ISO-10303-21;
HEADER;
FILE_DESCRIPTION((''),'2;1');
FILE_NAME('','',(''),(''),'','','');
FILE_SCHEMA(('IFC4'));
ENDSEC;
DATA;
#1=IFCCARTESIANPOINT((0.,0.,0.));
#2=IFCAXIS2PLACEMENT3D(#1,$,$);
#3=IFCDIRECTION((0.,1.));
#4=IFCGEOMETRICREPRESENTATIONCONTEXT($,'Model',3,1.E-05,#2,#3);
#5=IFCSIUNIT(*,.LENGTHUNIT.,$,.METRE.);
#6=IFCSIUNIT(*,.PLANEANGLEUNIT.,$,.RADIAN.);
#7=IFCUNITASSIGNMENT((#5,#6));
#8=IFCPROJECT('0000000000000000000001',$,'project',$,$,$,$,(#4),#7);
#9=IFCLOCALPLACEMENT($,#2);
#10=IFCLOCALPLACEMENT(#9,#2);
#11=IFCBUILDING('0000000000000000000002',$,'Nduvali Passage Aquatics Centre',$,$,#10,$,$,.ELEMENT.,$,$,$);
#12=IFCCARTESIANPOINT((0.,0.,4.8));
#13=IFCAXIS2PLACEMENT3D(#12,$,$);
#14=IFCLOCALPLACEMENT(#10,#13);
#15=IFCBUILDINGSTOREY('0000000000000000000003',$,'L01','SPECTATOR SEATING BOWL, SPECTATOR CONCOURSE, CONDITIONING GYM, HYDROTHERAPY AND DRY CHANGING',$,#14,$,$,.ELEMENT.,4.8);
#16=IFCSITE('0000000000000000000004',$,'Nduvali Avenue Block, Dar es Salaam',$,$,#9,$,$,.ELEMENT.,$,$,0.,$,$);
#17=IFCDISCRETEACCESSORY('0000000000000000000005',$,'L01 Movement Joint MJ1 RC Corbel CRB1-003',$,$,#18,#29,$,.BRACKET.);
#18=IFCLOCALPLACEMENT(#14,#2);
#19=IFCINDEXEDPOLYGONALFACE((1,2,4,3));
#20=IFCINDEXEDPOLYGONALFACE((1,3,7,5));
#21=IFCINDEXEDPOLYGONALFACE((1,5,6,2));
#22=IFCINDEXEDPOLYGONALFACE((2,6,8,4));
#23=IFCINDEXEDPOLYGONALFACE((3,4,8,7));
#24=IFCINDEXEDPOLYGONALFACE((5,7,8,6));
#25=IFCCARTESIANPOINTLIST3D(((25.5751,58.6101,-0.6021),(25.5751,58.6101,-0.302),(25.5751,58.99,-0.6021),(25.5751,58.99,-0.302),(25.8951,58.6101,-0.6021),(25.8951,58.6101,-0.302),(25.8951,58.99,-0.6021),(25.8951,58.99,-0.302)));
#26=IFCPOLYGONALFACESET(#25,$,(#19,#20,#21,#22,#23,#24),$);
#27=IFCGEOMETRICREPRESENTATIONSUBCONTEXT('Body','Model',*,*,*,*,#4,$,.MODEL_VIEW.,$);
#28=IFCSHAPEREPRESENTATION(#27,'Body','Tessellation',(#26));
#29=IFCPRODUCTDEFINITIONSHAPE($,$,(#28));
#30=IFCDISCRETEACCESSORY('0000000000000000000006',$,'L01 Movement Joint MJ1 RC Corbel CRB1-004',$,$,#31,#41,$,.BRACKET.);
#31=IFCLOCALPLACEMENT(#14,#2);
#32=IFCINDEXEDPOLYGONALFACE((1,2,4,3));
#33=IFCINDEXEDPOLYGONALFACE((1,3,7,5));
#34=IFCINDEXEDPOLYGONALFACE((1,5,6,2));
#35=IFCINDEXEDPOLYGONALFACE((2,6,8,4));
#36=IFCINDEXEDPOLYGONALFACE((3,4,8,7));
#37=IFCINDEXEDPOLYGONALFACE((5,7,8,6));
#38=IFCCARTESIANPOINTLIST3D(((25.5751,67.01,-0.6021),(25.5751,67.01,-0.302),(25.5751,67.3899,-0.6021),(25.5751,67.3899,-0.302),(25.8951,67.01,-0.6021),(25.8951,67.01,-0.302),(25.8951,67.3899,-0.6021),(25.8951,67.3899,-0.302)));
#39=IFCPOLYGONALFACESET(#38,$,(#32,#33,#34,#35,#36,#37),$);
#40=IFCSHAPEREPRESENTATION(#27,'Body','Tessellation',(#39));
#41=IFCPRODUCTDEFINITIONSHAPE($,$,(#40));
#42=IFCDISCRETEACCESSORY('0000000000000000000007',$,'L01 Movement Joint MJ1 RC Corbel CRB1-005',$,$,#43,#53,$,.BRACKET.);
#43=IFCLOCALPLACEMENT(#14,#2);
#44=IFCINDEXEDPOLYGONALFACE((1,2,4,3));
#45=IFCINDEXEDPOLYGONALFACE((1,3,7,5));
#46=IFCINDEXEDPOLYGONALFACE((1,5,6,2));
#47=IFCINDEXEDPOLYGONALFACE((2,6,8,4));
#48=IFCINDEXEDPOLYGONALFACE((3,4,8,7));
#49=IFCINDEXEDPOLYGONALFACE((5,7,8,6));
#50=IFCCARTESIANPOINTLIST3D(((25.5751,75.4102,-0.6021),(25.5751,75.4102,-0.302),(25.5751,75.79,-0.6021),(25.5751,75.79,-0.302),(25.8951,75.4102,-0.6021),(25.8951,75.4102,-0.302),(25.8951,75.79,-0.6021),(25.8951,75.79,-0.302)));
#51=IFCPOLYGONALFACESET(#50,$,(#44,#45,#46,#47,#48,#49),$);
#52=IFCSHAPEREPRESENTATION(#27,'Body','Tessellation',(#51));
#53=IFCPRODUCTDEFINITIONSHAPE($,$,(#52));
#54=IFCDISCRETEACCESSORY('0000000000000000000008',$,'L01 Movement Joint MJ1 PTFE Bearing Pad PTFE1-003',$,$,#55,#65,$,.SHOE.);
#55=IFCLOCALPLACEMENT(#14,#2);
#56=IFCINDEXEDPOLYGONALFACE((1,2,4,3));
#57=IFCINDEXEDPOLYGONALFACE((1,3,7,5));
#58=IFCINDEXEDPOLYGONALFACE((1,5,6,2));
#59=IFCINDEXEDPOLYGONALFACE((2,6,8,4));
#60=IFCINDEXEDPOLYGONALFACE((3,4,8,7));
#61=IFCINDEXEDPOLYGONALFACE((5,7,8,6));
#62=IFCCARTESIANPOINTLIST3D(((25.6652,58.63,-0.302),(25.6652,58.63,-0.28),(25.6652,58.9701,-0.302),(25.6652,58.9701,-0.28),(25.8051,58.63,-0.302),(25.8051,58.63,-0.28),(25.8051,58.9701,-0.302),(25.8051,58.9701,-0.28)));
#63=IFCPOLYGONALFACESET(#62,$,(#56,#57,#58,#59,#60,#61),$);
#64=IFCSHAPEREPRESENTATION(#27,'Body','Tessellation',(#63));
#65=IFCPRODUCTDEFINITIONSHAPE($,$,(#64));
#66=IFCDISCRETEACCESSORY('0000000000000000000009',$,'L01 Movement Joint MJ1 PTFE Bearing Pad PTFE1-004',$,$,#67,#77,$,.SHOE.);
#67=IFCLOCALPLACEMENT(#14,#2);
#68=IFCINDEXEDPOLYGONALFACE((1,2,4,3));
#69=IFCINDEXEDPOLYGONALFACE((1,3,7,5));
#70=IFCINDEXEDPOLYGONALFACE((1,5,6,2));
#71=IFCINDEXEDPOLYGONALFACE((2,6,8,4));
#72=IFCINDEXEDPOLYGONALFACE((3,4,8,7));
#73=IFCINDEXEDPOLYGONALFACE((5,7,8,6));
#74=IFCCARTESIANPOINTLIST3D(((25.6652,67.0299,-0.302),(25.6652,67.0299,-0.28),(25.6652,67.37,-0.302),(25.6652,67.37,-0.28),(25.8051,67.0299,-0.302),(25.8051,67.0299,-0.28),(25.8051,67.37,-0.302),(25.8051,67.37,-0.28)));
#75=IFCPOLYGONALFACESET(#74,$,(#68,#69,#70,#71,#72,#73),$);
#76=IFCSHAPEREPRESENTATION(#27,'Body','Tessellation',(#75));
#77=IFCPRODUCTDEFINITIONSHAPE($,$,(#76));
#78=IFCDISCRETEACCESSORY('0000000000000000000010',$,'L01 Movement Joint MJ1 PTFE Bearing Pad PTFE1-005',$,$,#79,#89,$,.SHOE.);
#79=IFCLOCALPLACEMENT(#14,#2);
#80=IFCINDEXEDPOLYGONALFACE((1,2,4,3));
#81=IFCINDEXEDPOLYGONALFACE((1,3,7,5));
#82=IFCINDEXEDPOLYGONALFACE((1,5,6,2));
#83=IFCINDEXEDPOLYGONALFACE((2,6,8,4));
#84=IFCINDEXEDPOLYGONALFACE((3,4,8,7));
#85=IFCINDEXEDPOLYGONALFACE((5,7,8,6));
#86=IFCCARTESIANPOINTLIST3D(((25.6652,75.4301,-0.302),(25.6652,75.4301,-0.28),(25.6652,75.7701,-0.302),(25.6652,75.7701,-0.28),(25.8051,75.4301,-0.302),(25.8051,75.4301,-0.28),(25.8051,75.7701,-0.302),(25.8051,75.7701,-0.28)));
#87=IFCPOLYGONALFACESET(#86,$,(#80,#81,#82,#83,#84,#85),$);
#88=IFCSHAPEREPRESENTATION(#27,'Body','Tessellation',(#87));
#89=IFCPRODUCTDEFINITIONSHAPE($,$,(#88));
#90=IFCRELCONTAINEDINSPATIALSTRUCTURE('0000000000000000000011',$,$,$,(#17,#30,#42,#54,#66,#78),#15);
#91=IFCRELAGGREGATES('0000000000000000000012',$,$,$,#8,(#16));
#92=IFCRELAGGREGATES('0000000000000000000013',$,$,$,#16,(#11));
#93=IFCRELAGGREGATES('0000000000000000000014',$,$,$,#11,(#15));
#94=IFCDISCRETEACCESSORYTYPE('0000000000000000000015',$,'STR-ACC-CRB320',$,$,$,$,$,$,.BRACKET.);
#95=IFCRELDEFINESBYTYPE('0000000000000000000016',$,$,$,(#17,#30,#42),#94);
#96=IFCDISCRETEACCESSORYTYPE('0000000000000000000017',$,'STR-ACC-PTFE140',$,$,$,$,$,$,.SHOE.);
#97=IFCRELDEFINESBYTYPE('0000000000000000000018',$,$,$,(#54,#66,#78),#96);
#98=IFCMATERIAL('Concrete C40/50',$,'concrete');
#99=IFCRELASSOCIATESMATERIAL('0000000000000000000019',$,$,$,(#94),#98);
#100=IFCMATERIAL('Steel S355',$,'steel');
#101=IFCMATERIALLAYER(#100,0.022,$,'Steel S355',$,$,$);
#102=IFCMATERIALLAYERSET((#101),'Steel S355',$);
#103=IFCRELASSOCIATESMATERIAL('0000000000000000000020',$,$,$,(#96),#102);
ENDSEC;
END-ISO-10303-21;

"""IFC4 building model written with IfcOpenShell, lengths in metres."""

from ifc_helpers import new_model, si_unit, direction, frame, origin, origin_2d, place, context, subcontext, project, spatial, rectangle, extrude, material, layer, layer_set, type_object, element, save


model = new_model("IFC4")

# Units and contexts
model_context = context("Model", 3, precision=1e-05, world=origin(), true_north=direction((0.0, 1.0)))
body_context = subcontext(model_context, "Body", "Model", "MODEL_VIEW")
ifc_project = project(units=[si_unit("LENGTHUNIT", "METRE"), si_unit("PLANEANGLEUNIT", "RADIAN")], contexts=[model_context])

# Site, building, storey
site_placement = place(None, origin())
site = spatial("IfcSite", under=ifc_project, at=site_placement, Name="Nduvali Avenue Block, Dar es Salaam", CompositionType="ELEMENT", RefElevation=0.0)
building_placement = place(site_placement, origin())
building = spatial("IfcBuilding", under=site, at=building_placement, Name="Nduvali Passage Aquatics Centre", CompositionType="ELEMENT")
storey_placement = place(building_placement, frame((0.0, 0.0, 4.8)))
storey = spatial("IfcBuildingStorey", under=building, at=storey_placement, Name="L01", Description="SPECTATOR SEATING BOWL, SPECTATOR CONCOURSE, CONDITIONING GYM, HYDROTHERAPY AND DRY CHANGING", CompositionType="ELEMENT", Elevation=4.8)

# Shared definitions
ifc_material_1 = material(Name="Concrete C40/50", Category="concrete")

# Shared definitions
ifc_material_2 = material(Name="Steel S355", Category="steel")

# Discrete accessories
discrete_accessory_type_1 = type_object("IfcDiscreteAccessoryType", Name="STR-ACC-CRB320", PredefinedType="BRACKET", material=ifc_material_1)
for number, where, z_axis, x_axis, name in (
    (1, (25.7351, 58.8, -0.6021), (0.0, 0.0, 1.0), (1.0, 0.0, 0.0), "L01 Movement Joint MJ1 RC Corbel CRB1-003"),
    (2, (25.7351, 67.2, -0.6021), (0.0, 0.0, 1.0), (1.0, 0.0, 0.0), "L01 Movement Joint MJ1 RC Corbel CRB1-004"),
    (3, (25.7351, 75.6001, -0.6021), (0.0, 0.0, 1.0), (1.0, 0.0, 0.0), "L01 Movement Joint MJ1 RC Corbel CRB1-005"),
):
    element("IfcDiscreteAccessory", number, at=place(storey_placement, frame(where, z_axis=z_axis, x_axis=x_axis)), inside=storey, type_object=discrete_accessory_type_1, Name=name, PredefinedType="BRACKET", context=body_context, shape_type="SweptSolid", body=[
        extrude(rectangle(XDim=0.3201, YDim=0.3799, at=origin_2d()), origin(), (0.0, 0.0, 1.0), 0.3),
    ])
ifc_layer = layer(ifc_material_2, 0.022, Name="Steel S355")
ifc_layer_set = layer_set([ifc_layer], Name="Steel S355")
discrete_accessory_type_2 = type_object("IfcDiscreteAccessoryType", Name="STR-ACC-PTFE140", PredefinedType="SHOE", material=ifc_layer_set)
for number, where, z_axis, x_axis, name in (
    (4, (25.7351, 58.8, -0.302), (0.0, 0.0, 1.0), (1.0, 0.0, 0.0), "L01 Movement Joint MJ1 PTFE Bearing Pad PTFE1-003"),
    (5, (25.7351, 67.2, -0.302), (0.0, 0.0, 1.0), (1.0, 0.0, 0.0), "L01 Movement Joint MJ1 PTFE Bearing Pad PTFE1-004"),
    (6, (25.7351, 75.6001, -0.302), (0.0, 0.0, 1.0), (1.0, 0.0, 0.0), "L01 Movement Joint MJ1 PTFE Bearing Pad PTFE1-005"),
):
    element("IfcDiscreteAccessory", number, at=place(storey_placement, frame(where, z_axis=z_axis, x_axis=x_axis)), inside=storey, type_object=discrete_accessory_type_2, Name=name, PredefinedType="SHOE", context=body_context, shape_type="SweptSolid", body=[
        extrude(rectangle(XDim=0.1399, YDim=0.3401, at=origin_2d()), origin(), (0.0, 0.0, 1.0), 0.022),
    ])

save(model, "model.ifc")
